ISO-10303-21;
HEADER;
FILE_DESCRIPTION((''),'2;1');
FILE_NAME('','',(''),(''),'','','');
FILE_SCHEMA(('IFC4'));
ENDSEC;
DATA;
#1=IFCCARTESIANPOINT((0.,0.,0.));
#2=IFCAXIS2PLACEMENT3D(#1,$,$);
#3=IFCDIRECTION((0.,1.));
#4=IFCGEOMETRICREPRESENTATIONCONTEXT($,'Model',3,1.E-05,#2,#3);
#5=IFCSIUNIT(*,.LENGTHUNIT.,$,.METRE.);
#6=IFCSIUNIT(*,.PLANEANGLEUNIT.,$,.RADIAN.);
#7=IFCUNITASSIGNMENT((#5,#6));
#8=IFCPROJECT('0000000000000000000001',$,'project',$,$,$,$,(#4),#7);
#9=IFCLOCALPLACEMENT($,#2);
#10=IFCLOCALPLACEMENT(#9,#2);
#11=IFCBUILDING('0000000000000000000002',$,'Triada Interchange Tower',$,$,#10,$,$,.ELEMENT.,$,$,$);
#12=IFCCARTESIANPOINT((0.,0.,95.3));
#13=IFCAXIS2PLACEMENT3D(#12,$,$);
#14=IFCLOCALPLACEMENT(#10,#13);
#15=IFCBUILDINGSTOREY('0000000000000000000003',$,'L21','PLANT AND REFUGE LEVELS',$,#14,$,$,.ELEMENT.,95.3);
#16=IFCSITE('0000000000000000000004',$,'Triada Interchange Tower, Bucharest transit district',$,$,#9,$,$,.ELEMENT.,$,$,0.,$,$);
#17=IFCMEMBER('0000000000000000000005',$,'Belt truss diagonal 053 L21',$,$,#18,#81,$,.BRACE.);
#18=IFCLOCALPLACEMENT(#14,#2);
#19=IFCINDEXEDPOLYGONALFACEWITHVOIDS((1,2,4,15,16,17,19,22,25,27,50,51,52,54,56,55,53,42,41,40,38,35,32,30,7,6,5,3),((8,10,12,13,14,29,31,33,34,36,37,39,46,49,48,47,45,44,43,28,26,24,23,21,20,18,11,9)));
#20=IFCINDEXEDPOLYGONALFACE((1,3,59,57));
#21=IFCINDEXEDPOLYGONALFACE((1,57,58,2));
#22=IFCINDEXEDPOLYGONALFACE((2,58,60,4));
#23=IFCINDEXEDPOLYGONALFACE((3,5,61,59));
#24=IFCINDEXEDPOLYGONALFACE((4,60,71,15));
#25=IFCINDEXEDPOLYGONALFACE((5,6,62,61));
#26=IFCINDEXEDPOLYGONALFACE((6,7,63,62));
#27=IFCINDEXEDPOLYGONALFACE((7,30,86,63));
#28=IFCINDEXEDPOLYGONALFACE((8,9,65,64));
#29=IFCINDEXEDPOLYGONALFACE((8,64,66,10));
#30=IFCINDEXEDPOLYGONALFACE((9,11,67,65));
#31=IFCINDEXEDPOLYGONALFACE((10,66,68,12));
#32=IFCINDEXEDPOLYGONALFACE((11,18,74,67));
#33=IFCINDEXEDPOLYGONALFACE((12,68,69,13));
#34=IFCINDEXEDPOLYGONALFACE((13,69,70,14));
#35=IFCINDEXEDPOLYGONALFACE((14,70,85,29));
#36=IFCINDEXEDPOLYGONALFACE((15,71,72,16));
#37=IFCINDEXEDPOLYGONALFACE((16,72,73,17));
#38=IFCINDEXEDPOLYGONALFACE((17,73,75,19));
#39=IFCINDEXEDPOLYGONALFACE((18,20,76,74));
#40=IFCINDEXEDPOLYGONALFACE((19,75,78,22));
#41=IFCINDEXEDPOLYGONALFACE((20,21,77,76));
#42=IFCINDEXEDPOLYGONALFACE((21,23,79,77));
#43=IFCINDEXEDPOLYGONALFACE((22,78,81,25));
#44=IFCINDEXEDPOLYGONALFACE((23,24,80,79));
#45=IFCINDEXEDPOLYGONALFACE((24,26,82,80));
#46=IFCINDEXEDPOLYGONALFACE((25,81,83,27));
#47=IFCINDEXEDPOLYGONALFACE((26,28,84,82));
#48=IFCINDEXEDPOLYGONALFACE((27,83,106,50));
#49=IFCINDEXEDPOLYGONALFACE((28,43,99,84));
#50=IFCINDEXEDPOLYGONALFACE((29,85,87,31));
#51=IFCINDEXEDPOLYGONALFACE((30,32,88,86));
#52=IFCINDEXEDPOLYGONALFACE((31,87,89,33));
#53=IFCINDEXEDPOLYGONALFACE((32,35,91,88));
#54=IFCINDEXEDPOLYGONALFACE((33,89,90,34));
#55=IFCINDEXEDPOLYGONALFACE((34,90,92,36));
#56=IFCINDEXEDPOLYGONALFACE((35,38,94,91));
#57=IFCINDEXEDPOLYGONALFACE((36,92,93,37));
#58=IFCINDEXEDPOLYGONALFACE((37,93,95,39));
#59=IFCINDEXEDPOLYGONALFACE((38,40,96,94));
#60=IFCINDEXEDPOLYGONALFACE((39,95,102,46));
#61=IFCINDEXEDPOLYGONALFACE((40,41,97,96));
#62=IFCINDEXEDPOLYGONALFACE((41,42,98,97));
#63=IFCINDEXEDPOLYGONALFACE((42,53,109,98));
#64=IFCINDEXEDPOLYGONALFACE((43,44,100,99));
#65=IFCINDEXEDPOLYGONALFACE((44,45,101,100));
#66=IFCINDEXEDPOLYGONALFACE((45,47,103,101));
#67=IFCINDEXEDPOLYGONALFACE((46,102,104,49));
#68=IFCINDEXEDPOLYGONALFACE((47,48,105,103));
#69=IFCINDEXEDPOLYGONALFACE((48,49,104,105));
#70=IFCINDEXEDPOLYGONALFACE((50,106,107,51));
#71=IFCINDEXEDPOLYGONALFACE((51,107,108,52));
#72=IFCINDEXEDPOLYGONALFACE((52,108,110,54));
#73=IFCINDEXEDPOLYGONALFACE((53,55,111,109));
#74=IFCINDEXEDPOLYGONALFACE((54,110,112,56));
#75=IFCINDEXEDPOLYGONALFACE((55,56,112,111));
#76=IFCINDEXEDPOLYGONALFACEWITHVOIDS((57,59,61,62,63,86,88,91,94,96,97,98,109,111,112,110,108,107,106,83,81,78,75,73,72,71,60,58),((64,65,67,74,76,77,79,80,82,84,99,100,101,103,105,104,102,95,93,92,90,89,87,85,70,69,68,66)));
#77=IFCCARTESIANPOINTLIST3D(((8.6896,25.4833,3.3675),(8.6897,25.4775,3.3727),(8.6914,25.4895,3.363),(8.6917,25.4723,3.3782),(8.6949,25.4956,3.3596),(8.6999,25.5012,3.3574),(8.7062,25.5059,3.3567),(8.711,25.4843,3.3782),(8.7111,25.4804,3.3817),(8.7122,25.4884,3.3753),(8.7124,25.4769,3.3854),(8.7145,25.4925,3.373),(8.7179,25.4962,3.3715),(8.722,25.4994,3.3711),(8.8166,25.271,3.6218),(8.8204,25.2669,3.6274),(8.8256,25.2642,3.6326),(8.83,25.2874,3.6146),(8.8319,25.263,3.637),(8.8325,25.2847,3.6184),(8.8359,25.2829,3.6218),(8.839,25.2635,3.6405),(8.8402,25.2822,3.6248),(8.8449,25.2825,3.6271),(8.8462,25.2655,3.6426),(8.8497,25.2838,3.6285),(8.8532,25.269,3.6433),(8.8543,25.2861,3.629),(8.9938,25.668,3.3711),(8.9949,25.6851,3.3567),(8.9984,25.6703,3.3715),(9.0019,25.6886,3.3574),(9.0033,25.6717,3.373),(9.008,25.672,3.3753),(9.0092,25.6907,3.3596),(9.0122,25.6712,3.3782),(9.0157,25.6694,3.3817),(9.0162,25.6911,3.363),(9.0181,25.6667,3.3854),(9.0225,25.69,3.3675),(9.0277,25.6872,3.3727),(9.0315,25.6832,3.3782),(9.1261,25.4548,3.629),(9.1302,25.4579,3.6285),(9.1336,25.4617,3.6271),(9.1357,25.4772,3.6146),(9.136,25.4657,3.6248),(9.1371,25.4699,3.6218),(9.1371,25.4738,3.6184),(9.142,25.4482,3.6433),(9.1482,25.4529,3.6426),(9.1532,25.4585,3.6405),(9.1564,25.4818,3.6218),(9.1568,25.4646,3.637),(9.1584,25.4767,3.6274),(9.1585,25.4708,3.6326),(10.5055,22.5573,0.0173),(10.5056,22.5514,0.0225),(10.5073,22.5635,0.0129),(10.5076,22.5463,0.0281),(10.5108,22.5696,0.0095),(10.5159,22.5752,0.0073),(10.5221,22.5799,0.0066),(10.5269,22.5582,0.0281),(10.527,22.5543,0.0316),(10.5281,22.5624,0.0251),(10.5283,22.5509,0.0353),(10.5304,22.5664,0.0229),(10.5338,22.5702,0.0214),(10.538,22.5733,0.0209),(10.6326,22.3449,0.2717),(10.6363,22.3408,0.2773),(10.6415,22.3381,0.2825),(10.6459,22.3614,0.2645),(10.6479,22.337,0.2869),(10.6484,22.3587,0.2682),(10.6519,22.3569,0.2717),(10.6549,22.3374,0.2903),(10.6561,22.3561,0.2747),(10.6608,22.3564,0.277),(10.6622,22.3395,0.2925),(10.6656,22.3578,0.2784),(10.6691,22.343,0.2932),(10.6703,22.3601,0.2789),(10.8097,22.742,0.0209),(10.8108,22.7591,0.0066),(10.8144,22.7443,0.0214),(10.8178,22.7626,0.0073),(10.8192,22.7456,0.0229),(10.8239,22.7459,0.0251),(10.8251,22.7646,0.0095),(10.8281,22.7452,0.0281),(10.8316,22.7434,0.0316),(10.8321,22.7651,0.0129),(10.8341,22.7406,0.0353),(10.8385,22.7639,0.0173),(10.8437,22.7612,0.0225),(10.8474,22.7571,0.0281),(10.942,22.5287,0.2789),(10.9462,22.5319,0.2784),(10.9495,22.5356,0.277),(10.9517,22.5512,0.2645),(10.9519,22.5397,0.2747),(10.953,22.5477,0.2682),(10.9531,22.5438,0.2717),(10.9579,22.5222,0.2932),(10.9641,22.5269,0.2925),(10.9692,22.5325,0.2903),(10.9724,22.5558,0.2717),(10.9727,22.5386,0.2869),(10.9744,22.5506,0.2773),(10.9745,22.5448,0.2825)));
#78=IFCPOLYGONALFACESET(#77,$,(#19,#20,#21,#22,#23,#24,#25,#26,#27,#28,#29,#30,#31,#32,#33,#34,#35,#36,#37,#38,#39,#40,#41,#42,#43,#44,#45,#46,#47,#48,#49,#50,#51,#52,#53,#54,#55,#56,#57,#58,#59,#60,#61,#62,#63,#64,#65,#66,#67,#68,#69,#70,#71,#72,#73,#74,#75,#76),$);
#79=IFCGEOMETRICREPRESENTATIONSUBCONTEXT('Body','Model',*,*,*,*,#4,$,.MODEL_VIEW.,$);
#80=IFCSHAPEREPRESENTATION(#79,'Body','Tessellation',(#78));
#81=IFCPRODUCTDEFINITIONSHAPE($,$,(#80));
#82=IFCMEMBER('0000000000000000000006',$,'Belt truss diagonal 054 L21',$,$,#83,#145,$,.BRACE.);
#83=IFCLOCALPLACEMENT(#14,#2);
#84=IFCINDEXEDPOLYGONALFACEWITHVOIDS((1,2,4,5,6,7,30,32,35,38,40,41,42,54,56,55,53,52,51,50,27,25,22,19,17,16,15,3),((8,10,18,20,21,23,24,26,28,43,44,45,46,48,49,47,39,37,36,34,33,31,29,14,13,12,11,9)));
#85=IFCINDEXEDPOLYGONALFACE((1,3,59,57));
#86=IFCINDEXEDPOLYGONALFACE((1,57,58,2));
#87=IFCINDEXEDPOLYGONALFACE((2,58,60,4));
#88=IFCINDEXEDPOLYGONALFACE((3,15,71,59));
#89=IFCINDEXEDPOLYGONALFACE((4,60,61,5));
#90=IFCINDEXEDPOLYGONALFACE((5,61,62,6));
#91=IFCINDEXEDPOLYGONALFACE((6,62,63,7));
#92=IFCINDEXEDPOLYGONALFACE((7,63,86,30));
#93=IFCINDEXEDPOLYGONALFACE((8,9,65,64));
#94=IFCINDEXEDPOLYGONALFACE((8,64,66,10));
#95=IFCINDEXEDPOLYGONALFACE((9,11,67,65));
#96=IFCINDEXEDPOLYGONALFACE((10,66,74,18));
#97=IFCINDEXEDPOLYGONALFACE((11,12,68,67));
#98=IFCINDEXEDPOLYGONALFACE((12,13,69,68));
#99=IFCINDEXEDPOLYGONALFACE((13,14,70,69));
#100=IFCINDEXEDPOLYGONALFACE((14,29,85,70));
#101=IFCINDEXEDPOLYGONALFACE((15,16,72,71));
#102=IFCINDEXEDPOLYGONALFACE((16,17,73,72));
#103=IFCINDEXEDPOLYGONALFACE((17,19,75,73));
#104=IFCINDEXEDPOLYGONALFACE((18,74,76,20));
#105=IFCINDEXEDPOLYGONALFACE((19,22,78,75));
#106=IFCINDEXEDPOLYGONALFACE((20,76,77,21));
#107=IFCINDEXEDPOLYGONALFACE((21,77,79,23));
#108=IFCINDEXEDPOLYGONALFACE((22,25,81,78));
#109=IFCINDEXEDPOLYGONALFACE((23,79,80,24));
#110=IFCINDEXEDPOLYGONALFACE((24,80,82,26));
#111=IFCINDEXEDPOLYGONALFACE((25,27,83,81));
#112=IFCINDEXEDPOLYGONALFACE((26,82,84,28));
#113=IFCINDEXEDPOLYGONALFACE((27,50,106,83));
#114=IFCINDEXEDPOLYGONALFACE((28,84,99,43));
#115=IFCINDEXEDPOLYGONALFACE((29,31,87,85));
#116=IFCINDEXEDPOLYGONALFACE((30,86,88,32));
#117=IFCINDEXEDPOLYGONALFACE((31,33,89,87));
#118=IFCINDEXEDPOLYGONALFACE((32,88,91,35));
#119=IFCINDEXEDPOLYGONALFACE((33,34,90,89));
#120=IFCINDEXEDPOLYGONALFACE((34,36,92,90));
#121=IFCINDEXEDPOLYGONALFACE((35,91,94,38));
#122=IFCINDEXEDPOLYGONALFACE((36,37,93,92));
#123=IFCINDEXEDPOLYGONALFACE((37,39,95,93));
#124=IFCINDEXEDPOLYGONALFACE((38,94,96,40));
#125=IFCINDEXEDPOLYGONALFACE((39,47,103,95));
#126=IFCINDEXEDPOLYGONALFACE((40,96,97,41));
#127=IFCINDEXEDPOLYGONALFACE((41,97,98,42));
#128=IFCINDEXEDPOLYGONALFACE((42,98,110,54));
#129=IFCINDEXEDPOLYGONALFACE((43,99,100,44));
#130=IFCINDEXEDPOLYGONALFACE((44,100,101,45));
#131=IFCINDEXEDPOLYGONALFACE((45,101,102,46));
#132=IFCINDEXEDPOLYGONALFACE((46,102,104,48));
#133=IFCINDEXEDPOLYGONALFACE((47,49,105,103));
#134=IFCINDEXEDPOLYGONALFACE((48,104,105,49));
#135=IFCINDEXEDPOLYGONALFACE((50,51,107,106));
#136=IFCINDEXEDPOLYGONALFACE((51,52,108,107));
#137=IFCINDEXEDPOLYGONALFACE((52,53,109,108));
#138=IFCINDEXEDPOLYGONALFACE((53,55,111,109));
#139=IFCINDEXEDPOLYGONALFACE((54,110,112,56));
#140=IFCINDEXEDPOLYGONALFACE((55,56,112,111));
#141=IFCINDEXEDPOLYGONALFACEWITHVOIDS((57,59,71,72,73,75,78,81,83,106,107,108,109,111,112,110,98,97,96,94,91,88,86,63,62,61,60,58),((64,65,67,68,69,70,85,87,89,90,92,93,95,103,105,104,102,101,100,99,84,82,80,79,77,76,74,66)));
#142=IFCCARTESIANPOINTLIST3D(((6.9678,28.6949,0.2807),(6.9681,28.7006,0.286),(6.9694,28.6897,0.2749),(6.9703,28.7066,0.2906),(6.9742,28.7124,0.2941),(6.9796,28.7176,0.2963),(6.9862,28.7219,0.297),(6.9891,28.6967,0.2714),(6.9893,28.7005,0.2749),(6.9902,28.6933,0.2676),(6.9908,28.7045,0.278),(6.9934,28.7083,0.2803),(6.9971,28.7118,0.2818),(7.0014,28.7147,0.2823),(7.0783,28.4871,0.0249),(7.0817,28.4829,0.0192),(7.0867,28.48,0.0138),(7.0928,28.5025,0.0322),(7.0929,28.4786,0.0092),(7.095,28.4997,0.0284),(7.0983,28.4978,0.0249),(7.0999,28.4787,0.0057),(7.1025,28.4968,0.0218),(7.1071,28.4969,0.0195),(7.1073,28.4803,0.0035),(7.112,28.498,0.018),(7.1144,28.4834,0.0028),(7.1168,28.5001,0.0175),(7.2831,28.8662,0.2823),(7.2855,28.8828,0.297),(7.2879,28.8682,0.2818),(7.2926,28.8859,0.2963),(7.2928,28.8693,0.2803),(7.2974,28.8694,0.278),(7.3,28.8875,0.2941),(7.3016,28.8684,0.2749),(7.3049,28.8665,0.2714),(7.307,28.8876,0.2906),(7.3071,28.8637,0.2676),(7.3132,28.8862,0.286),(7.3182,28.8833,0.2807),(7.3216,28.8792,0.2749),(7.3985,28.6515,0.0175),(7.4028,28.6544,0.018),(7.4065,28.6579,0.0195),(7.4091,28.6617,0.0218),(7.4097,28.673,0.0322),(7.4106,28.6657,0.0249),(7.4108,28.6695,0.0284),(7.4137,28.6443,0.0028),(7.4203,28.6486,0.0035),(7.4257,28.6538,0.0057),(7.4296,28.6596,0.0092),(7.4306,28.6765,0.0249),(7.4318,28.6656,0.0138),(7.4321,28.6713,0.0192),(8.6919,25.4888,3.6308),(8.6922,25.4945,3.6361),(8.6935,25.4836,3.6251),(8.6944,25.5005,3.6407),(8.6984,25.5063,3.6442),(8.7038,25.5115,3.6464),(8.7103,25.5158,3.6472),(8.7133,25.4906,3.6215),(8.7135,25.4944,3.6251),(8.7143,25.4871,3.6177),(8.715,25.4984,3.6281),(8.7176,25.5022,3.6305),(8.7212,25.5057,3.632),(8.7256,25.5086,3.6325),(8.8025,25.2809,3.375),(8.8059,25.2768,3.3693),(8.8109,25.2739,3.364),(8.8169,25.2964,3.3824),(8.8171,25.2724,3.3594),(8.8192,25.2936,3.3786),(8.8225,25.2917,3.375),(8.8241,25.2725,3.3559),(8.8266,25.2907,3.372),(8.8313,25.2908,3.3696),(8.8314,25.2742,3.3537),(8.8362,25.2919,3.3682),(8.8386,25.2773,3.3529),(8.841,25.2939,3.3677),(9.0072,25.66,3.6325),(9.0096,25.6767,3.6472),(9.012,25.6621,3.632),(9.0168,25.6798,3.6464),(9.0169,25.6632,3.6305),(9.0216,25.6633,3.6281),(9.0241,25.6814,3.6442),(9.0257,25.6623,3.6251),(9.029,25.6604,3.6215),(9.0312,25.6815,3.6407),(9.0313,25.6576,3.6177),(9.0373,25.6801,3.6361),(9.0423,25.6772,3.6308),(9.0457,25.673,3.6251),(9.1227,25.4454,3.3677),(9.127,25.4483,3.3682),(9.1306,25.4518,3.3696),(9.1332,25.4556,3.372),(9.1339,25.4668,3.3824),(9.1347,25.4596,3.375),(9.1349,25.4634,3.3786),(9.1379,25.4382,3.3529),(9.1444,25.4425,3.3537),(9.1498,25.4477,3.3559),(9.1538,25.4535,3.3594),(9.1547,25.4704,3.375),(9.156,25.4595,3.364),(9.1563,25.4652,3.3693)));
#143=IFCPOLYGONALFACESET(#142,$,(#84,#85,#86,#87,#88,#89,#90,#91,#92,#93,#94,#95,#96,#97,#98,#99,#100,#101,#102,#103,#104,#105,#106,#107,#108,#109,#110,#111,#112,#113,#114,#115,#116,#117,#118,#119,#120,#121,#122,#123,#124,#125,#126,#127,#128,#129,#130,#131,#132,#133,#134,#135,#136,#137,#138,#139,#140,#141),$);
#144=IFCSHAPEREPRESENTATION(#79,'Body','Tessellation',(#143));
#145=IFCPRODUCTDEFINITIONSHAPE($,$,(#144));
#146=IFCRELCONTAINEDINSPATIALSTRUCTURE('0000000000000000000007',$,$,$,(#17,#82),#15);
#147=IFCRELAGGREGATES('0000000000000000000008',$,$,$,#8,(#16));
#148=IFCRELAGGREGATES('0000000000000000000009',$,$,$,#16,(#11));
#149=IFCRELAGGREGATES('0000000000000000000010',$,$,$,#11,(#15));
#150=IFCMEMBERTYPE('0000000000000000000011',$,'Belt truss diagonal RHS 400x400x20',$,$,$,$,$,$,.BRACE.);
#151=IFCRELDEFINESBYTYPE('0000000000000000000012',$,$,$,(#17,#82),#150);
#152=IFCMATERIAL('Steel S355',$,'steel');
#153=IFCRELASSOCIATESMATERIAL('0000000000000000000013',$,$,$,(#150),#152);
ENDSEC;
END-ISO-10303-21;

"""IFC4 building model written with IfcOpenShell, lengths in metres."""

from ifc_helpers import new_model, si_unit, direction, frame, origin, origin_2d, place, context, subcontext, project, spatial, hollow_rectangle, extrude, material, material_profile, profile_set, type_object, element, save


model = new_model("IFC4")

# Units and contexts
model_context = context("Model", 3, precision=1e-05, world=origin(), true_north=direction((0.0, 1.0)))
body_context = subcontext(model_context, "Body", "Model", "MODEL_VIEW")
ifc_project = project(units=[si_unit("LENGTHUNIT", "METRE"), si_unit("PLANEANGLEUNIT", "RADIAN")], contexts=[model_context])

# Site, building, storey
site_placement = place(None, origin())
site = spatial("IfcSite", under=ifc_project, at=site_placement, Name="Triada Interchange Tower, Bucharest transit district", CompositionType="ELEMENT", RefElevation=0.0)
building_placement = place(site_placement, origin())
building = spatial("IfcBuilding", under=site, at=building_placement, Name="Triada Interchange Tower", CompositionType="ELEMENT")
storey_placement = place(building_placement, frame((0.0, 0.0, 95.3)))
storey = spatial("IfcBuildingStorey", under=building, at=storey_placement, Name="L21", Description="PLANT AND REFUGE LEVELS", CompositionType="ELEMENT", Elevation=95.3)

# Members
ifc_material_1 = material(Name="Steel S355", Category="steel")
ifc_material_profile_1 = material_profile(ifc_material_1, hollow_rectangle(XDim=0.3999, YDim=0.3999, WallThickness=0.02, InnerFilletRadius=0.02, OuterFilletRadius=0.03, at=origin_2d()), Name="RHS 400x400x20")
ifc_profile_set_1 = profile_set([ifc_material_profile_1], Name="Steel S355")
member_type_1 = type_object("IfcMemberType", Name="Belt truss diagonal RHS 400x400x20", PredefinedType="BRACE", material=ifc_profile_set_1)
member_1_placement = place(storey_placement, frame((10.74, 22.551, 0.1499), z_axis=(-0.377969, 0.609029, 0.697297), x_axis=(-0.849671, -0.527313, 0.0)))
element("IfcMember", 1, at=member_1_placement, inside=storey, type_object=member_type_1, Name="Belt truss diagonal 053 L21", PredefinedType="BRACE", context=body_context, shape_type="SweptSolid", body=[
    extrude(hollow_rectangle(XDim=0.3999, YDim=0.3999, WallThickness=0.02, InnerFilletRadius=0.02, OuterFilletRadius=0.03, at=origin_2d()), origin(), (0.0, 0.0, 1.0), 4.8044),
])
member_2_placement = place(storey_placement, frame((7.2, 28.6831, 0.1499), z_axis=(0.348506, -0.648058, 0.677174), x_axis=(0.880725, 0.473628, 0.0)))
element("IfcMember", 2, at=member_2_placement, inside=storey, type_object=member_type_1, Name="Belt truss diagonal 054 L21", PredefinedType="BRACE", context=body_context, shape_type="SweptSolid", body=[
    extrude(hollow_rectangle(XDim=0.3999, YDim=0.3999, WallThickness=0.02, InnerFilletRadius=0.02, OuterFilletRadius=0.03, at=origin_2d()), origin(), (0.0, 0.0, 1.0), 4.9473),
])

save(model, "model.ifc")
